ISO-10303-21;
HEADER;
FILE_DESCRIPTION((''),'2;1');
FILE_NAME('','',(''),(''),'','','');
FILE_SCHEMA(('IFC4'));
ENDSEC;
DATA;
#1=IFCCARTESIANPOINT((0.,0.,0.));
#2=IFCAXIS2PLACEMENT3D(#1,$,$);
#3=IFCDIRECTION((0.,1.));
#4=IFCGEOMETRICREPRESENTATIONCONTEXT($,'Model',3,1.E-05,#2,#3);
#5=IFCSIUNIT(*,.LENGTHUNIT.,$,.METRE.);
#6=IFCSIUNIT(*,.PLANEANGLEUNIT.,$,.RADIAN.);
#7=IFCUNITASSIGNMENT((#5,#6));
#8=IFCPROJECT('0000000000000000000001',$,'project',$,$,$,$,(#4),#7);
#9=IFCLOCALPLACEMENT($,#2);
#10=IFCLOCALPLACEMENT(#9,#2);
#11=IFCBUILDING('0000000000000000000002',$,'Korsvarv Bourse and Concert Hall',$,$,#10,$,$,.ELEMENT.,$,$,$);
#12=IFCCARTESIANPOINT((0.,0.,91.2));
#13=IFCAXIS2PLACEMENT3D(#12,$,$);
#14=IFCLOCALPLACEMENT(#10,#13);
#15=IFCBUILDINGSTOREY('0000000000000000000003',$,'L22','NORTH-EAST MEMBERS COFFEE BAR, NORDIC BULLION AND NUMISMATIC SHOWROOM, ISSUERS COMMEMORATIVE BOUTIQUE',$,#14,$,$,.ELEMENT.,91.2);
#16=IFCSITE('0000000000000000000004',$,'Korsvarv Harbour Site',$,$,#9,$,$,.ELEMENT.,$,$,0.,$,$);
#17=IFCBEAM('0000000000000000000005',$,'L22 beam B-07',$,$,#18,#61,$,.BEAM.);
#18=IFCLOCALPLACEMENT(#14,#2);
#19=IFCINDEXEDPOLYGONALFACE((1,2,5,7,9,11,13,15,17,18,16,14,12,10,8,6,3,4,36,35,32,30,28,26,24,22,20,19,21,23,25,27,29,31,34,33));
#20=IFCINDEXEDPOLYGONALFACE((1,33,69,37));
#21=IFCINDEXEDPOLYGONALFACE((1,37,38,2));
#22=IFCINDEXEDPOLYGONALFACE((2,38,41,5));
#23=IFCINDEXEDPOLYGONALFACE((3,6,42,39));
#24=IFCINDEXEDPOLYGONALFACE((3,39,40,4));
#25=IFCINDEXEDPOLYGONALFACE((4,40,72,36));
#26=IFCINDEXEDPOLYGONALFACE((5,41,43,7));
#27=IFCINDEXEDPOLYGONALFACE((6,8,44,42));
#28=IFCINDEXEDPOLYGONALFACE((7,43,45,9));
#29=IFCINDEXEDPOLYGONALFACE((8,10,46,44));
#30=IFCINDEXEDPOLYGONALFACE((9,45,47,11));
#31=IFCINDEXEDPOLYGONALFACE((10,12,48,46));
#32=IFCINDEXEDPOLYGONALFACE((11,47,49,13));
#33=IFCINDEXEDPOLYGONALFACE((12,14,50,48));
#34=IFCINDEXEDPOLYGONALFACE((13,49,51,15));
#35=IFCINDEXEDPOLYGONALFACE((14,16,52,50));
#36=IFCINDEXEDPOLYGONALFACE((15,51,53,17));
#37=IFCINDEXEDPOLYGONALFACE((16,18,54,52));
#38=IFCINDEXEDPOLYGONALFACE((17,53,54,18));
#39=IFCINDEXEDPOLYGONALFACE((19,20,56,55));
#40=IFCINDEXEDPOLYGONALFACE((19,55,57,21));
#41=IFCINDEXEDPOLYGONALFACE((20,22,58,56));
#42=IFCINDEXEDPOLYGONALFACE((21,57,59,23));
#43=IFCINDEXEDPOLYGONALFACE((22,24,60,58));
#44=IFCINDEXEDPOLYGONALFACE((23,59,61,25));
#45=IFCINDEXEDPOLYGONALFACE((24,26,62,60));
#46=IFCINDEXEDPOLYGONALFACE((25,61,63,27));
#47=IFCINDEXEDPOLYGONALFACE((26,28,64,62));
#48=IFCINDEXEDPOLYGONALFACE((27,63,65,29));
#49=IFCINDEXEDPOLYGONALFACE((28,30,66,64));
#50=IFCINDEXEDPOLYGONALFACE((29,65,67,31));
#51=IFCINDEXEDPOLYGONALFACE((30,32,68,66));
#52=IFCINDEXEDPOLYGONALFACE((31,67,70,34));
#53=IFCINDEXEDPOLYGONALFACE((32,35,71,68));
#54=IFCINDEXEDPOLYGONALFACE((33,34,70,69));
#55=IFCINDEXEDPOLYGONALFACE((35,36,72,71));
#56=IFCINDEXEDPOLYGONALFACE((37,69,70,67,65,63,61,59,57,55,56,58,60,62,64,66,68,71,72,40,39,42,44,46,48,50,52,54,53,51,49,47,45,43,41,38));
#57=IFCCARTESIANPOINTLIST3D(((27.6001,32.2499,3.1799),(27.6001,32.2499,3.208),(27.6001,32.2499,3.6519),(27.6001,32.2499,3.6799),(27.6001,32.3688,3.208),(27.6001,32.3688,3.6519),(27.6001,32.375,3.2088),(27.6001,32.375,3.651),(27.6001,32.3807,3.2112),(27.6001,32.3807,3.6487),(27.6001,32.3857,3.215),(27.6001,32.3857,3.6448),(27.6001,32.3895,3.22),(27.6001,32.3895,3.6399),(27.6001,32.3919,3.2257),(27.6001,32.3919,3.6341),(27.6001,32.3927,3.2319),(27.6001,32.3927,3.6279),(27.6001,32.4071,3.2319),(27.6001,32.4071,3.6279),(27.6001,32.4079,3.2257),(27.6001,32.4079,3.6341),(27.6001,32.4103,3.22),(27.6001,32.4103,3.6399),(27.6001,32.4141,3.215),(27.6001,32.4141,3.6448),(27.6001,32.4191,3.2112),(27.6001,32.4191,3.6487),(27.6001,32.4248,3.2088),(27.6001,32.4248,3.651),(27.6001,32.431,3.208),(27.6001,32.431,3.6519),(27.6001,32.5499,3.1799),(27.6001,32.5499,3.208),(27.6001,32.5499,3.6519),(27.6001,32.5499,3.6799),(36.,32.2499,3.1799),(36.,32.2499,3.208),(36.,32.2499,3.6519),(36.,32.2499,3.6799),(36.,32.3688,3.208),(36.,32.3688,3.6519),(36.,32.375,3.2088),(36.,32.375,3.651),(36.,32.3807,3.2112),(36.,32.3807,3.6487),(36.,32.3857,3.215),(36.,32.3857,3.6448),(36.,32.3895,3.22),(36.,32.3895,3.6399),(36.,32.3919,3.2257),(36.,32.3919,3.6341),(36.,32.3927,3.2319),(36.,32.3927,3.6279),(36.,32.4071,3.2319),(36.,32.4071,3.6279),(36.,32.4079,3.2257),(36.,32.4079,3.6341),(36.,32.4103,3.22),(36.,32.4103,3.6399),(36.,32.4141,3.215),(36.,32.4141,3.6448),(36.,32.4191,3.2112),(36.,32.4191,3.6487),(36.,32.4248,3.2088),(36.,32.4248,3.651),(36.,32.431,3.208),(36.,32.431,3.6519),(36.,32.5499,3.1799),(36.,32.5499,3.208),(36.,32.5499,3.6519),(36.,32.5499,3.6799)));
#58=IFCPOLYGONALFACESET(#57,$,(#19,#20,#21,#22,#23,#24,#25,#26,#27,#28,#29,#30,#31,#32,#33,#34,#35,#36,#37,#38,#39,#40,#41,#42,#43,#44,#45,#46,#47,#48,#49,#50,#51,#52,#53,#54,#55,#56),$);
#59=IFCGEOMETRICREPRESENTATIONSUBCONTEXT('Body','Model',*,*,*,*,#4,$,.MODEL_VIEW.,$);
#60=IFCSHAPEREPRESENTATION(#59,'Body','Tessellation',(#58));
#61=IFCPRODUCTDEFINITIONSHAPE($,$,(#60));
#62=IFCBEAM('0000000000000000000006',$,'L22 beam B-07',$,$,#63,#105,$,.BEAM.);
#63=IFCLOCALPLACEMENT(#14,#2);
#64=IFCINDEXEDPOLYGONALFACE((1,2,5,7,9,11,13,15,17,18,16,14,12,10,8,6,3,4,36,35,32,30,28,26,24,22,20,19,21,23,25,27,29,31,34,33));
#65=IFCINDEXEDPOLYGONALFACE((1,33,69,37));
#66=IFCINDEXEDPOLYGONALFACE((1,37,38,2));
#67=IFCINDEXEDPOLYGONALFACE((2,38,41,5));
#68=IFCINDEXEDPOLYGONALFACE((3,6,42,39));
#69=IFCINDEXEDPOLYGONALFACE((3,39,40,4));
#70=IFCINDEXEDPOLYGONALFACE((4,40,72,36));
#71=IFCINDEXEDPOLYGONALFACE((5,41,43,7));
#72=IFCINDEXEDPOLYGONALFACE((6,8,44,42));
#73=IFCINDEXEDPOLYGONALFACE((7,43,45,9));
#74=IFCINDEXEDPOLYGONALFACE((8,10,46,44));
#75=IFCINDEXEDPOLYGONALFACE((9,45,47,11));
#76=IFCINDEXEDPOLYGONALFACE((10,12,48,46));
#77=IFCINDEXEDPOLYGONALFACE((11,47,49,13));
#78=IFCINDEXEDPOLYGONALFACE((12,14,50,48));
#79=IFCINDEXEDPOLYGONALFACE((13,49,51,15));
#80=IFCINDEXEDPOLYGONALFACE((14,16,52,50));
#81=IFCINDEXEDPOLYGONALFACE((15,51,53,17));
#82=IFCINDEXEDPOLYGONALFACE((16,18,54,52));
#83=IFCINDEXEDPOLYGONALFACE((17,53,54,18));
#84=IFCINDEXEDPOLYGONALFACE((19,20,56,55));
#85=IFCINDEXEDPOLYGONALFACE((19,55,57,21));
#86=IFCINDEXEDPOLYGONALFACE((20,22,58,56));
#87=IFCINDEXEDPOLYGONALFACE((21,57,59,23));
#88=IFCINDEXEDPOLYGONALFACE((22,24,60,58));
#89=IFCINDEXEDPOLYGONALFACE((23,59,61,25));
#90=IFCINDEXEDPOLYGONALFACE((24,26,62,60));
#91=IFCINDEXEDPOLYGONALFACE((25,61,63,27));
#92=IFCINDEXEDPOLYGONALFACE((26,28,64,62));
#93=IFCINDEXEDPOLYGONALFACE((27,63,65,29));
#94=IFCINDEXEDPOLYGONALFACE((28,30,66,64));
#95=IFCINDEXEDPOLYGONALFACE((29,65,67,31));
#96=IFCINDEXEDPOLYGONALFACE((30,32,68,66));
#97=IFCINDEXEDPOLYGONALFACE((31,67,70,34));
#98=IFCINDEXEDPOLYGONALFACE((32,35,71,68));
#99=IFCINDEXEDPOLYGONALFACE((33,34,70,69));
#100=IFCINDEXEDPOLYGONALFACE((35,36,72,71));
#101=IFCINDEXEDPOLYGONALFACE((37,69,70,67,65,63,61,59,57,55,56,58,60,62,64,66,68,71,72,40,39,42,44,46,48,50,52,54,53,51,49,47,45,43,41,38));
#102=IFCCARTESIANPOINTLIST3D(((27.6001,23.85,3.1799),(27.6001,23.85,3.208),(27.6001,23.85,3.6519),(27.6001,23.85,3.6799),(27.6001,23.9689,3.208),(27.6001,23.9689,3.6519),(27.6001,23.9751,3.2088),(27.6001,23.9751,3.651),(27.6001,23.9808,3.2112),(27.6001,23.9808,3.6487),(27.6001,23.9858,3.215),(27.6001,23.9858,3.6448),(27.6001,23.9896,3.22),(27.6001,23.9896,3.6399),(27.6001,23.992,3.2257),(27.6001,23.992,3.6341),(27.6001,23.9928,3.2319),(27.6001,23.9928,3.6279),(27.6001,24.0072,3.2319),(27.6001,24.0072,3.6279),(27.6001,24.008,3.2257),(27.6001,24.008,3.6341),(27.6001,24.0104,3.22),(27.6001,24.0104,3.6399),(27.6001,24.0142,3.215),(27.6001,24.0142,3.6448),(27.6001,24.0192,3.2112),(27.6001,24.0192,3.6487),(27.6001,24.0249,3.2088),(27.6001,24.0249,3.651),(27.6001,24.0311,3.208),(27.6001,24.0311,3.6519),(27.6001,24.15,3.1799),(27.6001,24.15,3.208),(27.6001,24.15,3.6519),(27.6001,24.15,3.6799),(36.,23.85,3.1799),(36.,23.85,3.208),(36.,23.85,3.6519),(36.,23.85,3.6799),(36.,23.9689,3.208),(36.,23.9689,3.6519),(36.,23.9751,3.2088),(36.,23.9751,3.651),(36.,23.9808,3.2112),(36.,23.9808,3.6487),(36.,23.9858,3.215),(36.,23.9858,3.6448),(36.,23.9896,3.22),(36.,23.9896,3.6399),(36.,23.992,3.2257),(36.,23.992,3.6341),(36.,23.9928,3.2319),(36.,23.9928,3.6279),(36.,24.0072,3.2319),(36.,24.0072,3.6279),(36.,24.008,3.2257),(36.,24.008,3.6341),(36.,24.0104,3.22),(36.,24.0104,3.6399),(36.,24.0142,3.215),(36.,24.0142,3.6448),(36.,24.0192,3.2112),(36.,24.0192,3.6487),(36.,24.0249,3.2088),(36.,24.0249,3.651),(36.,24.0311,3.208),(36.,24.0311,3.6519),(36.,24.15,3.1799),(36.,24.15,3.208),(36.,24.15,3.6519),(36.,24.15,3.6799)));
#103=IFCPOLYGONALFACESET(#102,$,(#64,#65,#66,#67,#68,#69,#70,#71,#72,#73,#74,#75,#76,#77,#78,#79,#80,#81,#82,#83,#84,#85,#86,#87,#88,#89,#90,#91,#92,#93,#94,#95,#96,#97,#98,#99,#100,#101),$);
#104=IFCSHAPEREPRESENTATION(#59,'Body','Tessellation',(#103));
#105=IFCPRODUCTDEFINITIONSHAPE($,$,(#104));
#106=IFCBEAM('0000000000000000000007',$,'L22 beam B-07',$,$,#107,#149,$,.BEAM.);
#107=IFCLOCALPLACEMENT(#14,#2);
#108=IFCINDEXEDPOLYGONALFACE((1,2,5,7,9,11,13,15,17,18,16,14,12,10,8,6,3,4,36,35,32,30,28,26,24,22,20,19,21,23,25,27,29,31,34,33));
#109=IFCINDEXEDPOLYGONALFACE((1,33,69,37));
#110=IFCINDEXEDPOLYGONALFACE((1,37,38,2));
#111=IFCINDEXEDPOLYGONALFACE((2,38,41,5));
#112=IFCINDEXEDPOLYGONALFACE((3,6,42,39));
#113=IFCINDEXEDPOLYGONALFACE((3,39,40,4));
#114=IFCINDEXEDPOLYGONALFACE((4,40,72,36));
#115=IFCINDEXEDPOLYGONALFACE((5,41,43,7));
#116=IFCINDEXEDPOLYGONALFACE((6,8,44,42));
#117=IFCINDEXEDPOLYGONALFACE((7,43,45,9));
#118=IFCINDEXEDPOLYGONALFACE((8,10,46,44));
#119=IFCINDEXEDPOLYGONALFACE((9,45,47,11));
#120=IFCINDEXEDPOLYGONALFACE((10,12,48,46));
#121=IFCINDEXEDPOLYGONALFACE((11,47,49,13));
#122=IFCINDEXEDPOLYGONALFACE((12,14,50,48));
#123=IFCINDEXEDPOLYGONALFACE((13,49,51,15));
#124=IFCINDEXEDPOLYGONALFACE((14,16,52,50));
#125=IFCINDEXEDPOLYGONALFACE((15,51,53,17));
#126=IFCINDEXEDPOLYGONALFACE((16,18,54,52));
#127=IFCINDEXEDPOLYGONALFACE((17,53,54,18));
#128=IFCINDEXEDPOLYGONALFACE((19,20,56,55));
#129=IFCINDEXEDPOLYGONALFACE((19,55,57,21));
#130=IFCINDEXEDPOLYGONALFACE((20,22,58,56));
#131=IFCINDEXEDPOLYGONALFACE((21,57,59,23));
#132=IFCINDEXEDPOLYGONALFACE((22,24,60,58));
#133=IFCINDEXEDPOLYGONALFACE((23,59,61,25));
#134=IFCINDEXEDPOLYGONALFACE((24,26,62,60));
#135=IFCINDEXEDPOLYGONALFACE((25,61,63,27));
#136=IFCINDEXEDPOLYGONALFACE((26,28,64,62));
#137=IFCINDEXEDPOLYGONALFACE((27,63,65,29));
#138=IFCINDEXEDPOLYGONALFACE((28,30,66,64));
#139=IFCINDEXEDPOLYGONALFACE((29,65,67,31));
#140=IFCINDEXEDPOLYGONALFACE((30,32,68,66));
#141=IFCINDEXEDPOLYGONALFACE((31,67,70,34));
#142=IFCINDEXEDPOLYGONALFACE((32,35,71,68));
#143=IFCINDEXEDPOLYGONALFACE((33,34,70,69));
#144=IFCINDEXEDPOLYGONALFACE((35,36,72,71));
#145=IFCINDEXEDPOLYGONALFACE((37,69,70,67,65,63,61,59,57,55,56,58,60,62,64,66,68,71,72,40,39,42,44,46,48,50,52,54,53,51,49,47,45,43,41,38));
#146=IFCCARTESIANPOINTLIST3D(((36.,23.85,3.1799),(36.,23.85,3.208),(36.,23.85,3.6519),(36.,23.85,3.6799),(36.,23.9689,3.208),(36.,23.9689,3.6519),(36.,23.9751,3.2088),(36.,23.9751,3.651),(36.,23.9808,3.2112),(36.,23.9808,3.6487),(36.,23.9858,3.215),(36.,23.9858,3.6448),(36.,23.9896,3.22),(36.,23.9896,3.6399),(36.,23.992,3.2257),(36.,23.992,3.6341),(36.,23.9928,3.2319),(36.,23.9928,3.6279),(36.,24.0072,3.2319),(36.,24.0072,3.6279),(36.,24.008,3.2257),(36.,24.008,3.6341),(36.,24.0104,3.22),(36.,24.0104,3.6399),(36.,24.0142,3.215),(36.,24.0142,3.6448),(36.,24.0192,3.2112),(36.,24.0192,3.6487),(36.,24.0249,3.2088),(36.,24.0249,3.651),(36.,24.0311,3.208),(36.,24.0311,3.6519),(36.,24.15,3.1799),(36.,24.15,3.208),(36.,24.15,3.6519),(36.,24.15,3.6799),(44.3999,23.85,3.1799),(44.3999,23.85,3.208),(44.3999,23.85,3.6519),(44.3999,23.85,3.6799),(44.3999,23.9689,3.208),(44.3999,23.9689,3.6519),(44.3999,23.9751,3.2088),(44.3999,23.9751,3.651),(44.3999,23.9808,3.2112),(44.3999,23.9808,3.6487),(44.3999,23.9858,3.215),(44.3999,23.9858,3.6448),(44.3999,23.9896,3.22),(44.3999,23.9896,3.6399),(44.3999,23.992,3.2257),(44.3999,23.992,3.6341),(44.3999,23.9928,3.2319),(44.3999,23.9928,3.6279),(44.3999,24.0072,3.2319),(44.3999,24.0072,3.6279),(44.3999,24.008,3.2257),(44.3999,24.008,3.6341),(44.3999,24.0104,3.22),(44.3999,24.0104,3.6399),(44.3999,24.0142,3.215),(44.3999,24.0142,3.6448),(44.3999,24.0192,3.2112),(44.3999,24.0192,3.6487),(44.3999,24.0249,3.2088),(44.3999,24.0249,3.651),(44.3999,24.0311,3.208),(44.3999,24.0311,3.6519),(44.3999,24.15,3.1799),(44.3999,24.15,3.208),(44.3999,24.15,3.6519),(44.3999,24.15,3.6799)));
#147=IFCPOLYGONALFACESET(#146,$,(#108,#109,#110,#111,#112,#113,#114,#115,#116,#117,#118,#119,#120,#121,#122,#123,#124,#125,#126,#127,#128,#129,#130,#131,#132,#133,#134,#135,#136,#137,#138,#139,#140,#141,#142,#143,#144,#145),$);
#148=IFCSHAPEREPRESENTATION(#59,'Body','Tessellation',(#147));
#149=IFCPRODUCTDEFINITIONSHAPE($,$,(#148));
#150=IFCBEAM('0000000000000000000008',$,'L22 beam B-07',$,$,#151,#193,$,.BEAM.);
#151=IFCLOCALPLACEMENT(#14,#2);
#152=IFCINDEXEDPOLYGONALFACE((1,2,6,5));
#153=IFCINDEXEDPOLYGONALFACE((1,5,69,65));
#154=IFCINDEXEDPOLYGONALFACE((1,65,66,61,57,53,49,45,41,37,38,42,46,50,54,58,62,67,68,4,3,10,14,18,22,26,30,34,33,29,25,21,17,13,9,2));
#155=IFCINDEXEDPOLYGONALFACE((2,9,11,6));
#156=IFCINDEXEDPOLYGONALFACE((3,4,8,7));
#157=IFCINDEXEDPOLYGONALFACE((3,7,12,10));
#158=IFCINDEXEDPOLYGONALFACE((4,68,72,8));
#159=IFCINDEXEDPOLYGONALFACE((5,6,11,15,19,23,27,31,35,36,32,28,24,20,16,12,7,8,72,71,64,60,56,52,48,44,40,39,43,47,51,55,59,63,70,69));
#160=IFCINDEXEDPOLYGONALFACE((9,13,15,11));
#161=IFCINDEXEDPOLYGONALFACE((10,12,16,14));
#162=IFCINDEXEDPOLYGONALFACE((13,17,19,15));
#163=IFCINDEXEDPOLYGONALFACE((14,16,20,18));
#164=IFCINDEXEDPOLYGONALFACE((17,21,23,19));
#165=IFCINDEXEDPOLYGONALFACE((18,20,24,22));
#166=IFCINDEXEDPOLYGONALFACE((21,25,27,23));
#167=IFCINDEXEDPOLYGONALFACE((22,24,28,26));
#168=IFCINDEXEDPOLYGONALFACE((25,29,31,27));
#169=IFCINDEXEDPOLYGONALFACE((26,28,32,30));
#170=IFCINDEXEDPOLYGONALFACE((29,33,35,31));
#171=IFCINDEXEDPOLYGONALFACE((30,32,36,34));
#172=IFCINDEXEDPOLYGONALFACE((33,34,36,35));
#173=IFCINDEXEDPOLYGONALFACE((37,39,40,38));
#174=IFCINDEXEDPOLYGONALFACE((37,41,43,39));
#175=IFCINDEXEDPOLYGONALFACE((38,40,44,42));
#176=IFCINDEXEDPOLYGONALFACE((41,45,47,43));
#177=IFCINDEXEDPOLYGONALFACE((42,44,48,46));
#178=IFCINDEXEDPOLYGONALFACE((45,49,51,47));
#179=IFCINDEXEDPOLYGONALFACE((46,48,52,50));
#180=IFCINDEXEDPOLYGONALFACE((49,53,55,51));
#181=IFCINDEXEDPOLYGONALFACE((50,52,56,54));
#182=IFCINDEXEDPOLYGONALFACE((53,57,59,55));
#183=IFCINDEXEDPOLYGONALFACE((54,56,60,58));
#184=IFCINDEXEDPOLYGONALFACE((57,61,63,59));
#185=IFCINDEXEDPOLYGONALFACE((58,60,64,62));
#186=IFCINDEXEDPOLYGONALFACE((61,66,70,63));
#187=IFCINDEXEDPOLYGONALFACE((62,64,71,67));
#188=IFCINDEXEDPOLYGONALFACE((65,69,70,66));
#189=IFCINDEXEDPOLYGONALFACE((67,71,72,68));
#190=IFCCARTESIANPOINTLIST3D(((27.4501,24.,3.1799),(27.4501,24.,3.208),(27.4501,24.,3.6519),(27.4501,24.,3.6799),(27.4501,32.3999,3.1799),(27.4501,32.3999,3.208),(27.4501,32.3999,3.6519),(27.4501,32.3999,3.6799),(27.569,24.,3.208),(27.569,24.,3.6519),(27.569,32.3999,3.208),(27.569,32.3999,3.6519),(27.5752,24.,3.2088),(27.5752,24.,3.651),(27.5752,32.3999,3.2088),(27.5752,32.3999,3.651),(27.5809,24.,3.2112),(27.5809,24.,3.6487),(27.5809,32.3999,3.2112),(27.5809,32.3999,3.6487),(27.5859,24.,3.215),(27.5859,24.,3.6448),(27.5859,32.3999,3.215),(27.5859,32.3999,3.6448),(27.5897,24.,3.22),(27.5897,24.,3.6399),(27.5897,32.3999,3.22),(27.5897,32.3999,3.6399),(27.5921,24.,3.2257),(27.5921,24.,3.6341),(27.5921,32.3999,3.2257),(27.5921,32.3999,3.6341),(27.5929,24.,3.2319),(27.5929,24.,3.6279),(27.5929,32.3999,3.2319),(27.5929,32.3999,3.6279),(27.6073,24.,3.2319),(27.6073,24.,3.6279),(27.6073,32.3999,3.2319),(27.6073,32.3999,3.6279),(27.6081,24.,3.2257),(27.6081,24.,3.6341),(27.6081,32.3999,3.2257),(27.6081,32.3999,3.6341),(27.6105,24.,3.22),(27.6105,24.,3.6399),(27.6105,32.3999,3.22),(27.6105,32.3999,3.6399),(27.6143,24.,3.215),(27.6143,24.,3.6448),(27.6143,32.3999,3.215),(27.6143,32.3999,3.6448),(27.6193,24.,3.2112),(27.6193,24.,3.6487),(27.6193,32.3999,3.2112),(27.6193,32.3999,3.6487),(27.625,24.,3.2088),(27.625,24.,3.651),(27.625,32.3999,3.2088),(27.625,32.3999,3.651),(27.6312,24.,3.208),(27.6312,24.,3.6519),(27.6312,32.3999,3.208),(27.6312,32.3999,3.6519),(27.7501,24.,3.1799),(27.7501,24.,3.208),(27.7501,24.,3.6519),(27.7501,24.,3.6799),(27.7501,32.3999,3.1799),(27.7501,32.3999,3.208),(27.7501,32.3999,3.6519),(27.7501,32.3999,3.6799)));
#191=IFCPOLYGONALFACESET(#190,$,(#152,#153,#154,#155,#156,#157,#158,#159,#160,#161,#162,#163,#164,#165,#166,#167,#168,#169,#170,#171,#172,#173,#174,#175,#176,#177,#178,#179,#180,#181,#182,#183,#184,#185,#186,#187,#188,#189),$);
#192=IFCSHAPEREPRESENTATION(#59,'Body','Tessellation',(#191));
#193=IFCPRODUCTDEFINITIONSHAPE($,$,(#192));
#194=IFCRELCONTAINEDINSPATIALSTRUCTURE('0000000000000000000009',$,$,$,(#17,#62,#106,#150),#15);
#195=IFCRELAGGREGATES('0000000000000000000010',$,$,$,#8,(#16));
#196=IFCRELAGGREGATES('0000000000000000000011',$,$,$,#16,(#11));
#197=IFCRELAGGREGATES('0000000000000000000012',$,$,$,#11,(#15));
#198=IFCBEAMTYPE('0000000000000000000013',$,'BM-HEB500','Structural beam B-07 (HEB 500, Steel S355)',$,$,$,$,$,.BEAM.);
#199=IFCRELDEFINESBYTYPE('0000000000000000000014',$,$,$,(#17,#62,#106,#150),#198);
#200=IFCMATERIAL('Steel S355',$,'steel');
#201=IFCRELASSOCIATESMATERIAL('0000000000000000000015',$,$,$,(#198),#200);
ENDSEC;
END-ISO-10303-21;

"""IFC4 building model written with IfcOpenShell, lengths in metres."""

from ifc_helpers import new_model, si_unit, direction, frame, origin, origin_2d, place, context, subcontext, project, spatial, i_section, extrude, source, transform, mapped, material, material_profile, profile_set, type_object, element, save


model = new_model("IFC4")

# Units and contexts
model_context = context("Model", 3, precision=1e-05, world=origin(), true_north=direction((0.0, 1.0)))
body_context = subcontext(model_context, "Body", "Model", "MODEL_VIEW")
ifc_project = project(units=[si_unit("LENGTHUNIT", "METRE"), si_unit("PLANEANGLEUNIT", "RADIAN")], contexts=[model_context])

# Site, building, storey
site_placement = place(None, origin())
site = spatial("IfcSite", under=ifc_project, at=site_placement, Name="Korsvarv Harbour Site", CompositionType="ELEMENT", RefElevation=0.0)
building_placement = place(site_placement, origin())
building = spatial("IfcBuilding", under=site, at=building_placement, Name="Korsvarv Bourse and Concert Hall", CompositionType="ELEMENT")
storey_placement = place(building_placement, frame((0.0, 0.0, 91.2)))
storey = spatial("IfcBuildingStorey", under=building, at=storey_placement, Name="L22", Description="NORTH-EAST MEMBERS COFFEE BAR, NORDIC BULLION AND NUMISMATIC SHOWROOM, ISSUERS COMMEMORATIVE BOUTIQUE", CompositionType="ELEMENT", Elevation=91.2)

# Beams
ifc_material_1 = material(Name="Steel S355", Category="steel")
ifc_material_profile_1 = material_profile(ifc_material_1, i_section(OverallWidth=0.3, OverallDepth=0.5, WebThickness=0.0144, FlangeThickness=0.0281, FilletRadius=0.0239, at=origin_2d()), Name="HEB 500")
ifc_profile_set_1 = profile_set([ifc_material_profile_1], Name="Steel S355")
beam_type_1 = type_object("IfcBeamType", Name="BM-HEB500", Description="Structural beam B-07 (HEB 500, Steel S355)", PredefinedType="BEAM", material=ifc_profile_set_1)
shared_shape_1 = source(origin(), body_context, "Body", "SweptSolid", [
    extrude(i_section(OverallWidth=0.3, OverallDepth=0.5, WebThickness=0.0144, FlangeThickness=0.0281, FilletRadius=0.0239, at=origin_2d()), origin(), (0.0, 0.0, 1.0), 8.3999),
])
for number, where, z_axis, x_axis, name in (
    (1, (27.6001, 32.3999, 3.4299), (1.0, 0.0, 0.0), (0.0, 1.0, 0.0), "L22 beam B-07"),
    (2, (27.6001, 24.0, 3.4299), (1.0, 0.0, 0.0), (0.0, 1.0, 0.0), "L22 beam B-07"),
    (3, (36.0, 24.0, 3.4299), (1.0, 0.0, 0.0), (0.0, 1.0, 0.0), "L22 beam B-07"),
    (4, (27.6001, 24.0, 3.4299), (0.0, 1.0, 0.0), (-1.0, 0.0, 0.0), "L22 beam B-07"),
):
    element("IfcBeam", number, at=place(storey_placement, frame(where, z_axis=z_axis, x_axis=x_axis)), inside=storey, type_object=beam_type_1, Name=name, PredefinedType="BEAM", context=body_context, shape_type="MappedRepresentation", body=[
        mapped(shared_shape_1, transform((0.0, 0.0, 0.0), scale=1.0)),
    ])

save(model, "model.ifc")
